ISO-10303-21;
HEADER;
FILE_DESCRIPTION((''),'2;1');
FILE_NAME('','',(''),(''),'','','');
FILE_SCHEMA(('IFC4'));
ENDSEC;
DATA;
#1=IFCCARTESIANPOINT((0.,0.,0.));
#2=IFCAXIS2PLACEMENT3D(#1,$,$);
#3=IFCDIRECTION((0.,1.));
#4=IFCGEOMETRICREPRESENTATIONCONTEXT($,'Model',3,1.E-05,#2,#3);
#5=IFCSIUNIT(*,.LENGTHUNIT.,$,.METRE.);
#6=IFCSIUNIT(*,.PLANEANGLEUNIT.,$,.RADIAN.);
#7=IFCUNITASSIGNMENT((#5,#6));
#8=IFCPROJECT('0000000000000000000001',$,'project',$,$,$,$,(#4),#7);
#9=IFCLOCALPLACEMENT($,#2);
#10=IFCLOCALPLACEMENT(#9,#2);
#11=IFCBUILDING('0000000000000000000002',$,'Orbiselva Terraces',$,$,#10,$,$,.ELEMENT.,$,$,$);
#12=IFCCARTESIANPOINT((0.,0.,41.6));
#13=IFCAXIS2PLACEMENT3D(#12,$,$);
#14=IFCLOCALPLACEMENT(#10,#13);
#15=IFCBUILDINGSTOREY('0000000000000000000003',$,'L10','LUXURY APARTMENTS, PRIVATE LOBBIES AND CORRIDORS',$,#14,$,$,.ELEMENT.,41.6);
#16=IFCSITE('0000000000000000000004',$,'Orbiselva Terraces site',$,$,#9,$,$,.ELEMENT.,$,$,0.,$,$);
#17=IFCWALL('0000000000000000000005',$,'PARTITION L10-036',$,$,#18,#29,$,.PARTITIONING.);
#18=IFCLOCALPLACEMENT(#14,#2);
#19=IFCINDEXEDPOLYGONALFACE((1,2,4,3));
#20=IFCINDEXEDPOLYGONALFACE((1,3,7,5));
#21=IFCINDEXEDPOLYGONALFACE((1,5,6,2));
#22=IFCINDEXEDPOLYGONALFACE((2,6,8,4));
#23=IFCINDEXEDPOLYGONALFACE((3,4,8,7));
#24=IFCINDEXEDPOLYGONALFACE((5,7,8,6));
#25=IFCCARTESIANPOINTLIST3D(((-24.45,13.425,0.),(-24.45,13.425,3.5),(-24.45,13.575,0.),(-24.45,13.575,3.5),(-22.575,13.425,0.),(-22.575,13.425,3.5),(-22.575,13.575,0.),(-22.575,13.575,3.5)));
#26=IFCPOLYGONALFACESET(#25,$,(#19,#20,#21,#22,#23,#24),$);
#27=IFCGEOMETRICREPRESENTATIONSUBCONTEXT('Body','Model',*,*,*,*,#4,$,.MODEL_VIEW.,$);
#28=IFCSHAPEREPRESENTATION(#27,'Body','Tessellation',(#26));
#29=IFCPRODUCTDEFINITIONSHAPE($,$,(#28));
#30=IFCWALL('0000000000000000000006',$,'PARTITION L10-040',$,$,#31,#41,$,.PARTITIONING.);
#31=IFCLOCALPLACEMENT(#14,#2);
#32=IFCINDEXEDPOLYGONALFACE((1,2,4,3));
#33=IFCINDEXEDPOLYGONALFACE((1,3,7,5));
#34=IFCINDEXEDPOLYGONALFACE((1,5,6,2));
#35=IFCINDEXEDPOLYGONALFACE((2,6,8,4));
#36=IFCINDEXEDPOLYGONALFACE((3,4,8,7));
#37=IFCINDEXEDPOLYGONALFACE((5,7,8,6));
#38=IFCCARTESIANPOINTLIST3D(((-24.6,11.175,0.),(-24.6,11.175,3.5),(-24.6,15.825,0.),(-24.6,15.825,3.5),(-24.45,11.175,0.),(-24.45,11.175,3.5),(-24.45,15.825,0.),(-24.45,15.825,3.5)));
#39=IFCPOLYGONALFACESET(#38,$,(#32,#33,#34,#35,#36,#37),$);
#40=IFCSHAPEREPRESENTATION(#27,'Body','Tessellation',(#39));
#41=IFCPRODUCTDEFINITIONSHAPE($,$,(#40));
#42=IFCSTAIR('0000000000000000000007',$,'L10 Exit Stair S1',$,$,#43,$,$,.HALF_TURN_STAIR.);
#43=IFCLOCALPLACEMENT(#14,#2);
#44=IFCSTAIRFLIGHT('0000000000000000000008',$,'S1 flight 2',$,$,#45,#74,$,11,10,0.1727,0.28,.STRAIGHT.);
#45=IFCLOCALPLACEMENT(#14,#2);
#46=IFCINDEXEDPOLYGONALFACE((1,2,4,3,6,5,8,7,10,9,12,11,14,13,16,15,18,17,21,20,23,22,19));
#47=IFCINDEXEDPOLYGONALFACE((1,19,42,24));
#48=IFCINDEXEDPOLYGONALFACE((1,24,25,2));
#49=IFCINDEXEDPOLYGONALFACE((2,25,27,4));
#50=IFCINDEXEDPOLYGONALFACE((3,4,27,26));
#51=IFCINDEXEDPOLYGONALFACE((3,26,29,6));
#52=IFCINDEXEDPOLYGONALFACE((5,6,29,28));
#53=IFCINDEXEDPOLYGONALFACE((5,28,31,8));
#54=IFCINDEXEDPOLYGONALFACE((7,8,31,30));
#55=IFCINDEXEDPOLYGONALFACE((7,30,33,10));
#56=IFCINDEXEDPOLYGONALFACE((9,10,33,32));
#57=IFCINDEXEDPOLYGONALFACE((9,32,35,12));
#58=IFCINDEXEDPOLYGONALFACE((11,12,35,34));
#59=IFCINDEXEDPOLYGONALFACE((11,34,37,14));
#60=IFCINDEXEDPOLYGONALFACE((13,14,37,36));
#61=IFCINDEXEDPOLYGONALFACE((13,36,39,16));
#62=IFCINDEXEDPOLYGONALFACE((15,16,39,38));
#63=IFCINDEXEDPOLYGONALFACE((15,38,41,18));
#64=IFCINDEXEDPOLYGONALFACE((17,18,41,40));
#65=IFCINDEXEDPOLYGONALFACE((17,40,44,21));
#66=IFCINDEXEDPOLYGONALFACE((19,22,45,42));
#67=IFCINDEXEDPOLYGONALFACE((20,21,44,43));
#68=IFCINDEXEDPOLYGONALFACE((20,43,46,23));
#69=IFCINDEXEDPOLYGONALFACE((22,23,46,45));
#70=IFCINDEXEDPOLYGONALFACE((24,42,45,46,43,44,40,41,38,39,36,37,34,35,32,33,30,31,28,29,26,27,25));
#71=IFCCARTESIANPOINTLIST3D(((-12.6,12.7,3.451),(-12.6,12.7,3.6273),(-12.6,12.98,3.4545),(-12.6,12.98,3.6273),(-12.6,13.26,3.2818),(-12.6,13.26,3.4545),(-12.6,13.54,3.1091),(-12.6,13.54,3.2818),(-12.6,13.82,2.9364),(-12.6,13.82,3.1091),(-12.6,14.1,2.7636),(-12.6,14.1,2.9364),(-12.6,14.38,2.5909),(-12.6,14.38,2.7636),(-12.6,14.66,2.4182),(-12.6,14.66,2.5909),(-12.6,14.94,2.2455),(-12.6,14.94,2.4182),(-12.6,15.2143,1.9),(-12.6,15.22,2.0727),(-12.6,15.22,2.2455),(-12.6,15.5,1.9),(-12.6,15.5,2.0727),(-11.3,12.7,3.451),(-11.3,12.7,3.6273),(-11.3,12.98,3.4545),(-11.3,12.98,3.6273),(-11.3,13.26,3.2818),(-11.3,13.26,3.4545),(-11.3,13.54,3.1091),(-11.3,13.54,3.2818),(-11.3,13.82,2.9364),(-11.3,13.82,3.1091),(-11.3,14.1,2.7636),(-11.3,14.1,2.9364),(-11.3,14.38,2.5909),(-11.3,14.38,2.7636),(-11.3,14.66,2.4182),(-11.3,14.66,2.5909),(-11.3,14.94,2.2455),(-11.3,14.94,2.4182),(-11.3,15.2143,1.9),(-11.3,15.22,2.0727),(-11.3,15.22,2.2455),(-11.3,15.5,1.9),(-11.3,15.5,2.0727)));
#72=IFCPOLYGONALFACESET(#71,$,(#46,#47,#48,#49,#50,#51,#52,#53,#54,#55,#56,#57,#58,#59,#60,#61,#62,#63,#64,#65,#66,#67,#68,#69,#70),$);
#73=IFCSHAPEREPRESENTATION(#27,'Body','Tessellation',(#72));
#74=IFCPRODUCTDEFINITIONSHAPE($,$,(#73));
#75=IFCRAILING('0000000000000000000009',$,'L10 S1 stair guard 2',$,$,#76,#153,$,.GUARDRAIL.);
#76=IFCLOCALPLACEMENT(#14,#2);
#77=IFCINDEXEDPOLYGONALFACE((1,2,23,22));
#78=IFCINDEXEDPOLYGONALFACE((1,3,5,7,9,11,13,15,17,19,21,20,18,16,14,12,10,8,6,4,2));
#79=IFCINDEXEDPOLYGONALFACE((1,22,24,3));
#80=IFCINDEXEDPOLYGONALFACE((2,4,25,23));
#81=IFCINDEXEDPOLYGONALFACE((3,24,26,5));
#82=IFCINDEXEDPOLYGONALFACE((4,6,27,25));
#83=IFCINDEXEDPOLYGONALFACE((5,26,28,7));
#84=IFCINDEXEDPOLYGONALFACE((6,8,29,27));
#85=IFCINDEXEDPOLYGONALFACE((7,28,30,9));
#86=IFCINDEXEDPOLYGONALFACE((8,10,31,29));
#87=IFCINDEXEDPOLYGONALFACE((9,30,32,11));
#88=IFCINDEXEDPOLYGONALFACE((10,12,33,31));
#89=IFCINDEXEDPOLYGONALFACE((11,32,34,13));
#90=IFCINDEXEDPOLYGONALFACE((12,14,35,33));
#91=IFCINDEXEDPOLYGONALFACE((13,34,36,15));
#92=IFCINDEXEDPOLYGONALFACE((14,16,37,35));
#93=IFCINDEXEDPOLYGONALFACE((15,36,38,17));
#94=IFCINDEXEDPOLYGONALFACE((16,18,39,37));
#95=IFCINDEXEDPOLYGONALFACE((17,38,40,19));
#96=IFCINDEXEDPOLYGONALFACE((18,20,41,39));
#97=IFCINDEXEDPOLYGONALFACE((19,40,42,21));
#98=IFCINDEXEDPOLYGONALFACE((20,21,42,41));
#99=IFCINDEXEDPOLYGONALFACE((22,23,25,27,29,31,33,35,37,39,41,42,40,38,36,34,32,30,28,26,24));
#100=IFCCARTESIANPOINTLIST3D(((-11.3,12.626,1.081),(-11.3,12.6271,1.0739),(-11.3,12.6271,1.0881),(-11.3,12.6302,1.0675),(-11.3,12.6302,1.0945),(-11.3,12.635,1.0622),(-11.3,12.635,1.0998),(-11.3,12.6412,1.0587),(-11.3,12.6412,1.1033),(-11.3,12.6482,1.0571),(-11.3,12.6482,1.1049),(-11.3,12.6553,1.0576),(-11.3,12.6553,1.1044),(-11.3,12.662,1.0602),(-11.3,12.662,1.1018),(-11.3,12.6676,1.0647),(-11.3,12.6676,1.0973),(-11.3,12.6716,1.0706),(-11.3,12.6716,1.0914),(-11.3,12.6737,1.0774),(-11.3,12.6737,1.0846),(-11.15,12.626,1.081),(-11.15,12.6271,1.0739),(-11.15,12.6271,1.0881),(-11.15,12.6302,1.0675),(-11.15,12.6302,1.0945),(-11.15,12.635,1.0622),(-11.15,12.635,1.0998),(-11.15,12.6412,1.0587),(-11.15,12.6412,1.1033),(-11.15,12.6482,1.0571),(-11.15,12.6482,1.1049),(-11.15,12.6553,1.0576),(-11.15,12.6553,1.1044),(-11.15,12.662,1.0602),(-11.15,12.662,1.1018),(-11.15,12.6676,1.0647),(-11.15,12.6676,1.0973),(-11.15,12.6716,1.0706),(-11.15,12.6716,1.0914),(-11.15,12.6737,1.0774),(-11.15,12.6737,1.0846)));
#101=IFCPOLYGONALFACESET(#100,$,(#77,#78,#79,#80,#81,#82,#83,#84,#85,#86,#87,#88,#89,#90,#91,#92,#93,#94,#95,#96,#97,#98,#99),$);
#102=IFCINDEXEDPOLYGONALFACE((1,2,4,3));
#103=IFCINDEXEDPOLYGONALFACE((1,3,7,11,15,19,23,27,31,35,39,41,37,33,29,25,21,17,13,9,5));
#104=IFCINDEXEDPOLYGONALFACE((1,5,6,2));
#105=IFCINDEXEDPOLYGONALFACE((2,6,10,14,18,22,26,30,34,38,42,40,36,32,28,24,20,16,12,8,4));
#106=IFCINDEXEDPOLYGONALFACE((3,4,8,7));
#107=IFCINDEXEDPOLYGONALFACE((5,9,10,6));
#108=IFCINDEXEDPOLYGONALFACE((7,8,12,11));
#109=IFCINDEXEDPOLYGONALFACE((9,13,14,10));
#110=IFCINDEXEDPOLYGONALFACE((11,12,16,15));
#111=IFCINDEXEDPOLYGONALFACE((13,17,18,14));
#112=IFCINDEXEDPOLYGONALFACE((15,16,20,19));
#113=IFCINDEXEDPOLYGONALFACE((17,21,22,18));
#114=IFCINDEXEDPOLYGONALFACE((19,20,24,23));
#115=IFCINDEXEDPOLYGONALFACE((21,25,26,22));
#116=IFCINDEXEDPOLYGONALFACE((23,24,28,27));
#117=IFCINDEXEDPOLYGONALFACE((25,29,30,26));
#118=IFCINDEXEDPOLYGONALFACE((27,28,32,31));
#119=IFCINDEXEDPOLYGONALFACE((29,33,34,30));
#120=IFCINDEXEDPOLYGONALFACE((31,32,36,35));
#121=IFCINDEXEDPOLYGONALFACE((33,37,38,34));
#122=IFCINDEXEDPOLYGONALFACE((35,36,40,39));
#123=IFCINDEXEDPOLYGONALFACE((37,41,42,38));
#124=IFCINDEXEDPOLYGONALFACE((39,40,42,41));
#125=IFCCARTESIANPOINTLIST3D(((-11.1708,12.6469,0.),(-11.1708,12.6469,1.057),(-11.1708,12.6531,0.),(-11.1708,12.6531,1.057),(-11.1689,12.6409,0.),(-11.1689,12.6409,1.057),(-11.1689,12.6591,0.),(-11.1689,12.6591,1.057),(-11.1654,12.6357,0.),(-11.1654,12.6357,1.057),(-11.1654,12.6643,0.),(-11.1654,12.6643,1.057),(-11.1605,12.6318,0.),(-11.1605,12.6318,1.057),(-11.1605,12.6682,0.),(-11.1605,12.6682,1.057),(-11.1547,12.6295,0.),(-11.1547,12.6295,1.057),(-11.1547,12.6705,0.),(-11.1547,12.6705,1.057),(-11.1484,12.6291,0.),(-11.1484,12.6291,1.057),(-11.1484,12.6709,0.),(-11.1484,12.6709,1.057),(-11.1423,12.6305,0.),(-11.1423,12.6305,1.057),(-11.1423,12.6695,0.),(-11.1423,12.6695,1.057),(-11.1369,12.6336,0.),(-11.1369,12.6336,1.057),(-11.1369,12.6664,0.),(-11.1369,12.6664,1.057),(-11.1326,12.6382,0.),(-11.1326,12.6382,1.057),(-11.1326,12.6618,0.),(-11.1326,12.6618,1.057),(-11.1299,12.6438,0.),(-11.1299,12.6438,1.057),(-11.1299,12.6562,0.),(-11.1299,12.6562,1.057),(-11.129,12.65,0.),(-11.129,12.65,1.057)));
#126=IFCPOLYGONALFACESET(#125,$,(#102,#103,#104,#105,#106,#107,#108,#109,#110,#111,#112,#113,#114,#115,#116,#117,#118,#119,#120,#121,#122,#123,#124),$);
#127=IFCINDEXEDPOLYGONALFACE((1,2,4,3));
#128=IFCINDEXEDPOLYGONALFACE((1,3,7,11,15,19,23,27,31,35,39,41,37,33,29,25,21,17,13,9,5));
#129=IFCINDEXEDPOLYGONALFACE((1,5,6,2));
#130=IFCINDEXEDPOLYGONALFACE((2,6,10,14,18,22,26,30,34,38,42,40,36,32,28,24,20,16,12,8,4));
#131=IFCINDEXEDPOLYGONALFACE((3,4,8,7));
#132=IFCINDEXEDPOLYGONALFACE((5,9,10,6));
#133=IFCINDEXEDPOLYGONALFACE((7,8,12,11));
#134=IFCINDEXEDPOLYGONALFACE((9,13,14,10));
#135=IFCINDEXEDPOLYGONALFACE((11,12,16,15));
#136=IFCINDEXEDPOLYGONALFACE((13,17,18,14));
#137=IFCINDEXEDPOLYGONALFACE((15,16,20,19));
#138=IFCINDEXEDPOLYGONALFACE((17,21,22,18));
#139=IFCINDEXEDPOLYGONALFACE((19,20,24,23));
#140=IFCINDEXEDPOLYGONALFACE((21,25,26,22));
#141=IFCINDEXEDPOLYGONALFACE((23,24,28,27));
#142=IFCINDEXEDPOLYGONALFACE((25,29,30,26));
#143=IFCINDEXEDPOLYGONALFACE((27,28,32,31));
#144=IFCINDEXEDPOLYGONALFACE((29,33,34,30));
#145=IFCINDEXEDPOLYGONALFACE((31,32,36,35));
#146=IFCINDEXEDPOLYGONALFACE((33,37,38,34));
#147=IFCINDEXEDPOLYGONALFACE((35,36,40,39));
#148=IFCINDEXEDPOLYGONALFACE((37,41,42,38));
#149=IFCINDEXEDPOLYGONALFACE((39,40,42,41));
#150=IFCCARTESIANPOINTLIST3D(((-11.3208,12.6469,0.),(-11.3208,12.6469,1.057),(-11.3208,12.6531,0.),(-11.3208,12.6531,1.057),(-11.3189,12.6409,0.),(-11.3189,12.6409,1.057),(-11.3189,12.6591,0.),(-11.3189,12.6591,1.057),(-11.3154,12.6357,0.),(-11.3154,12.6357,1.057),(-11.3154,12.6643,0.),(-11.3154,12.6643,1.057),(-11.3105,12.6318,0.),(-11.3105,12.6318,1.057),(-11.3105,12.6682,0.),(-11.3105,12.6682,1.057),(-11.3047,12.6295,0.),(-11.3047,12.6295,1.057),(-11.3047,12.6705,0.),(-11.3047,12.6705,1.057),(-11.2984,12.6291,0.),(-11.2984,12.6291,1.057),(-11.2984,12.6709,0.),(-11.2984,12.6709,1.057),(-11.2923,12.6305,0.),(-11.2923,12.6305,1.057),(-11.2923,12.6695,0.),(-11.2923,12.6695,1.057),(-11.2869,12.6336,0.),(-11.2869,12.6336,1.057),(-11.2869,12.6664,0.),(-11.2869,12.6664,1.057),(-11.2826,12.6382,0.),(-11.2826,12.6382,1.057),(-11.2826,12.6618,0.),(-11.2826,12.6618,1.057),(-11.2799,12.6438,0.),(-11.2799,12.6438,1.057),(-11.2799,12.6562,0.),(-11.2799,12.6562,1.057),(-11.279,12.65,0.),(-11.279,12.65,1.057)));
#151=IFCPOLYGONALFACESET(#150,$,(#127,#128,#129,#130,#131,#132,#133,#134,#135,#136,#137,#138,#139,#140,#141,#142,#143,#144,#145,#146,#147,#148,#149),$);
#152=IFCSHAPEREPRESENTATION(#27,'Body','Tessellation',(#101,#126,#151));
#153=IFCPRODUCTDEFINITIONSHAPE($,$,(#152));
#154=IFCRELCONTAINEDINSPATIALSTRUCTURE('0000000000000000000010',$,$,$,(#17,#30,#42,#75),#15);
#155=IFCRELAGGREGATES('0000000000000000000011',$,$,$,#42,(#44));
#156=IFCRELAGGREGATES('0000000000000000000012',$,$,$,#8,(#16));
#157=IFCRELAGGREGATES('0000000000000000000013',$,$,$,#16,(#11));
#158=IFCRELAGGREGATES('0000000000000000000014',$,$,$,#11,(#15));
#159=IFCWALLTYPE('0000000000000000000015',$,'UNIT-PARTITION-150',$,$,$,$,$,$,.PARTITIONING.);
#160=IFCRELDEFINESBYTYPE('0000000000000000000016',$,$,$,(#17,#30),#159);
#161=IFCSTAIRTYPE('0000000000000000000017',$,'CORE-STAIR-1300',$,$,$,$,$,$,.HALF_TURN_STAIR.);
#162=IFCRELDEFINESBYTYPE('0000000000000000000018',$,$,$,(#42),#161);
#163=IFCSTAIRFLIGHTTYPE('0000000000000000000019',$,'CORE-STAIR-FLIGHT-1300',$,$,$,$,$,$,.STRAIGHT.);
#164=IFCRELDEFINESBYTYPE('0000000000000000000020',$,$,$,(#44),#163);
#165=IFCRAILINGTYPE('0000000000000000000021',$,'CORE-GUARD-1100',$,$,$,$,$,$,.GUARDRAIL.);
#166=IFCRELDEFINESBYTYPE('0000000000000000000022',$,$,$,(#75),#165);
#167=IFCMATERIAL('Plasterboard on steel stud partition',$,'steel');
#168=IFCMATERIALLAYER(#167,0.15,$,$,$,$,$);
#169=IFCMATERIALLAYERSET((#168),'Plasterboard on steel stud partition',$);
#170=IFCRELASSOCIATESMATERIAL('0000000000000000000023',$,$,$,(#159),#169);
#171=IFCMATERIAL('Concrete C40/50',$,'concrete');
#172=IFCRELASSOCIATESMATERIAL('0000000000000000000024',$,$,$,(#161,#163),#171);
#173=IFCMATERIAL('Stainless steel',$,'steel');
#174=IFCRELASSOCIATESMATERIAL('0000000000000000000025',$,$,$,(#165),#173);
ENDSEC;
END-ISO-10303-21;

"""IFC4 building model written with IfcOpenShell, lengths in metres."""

from ifc_helpers import new_model, si_unit, direction, frame, frame_2d, origin, origin_2d, place, context, subcontext, project, spatial, polyline, rectangle, circle, outline, extrude, material, layer, layer_set, type_object, element, aggregate, save


model = new_model("IFC4")

# Units and contexts
model_context = context("Model", 3, precision=1e-05, world=origin(), true_north=direction((0.0, 1.0)))
body_context = subcontext(model_context, "Body", "Model", "MODEL_VIEW")
ifc_project = project(units=[si_unit("LENGTHUNIT", "METRE"), si_unit("PLANEANGLEUNIT", "RADIAN")], contexts=[model_context])

# Site, building, storey
site_placement = place(None, origin())
site = spatial("IfcSite", under=ifc_project, at=site_placement, Name="Orbiselva Terraces site", CompositionType="ELEMENT", RefElevation=0.0)
building_placement = place(site_placement, origin())
building = spatial("IfcBuilding", under=site, at=building_placement, Name="Orbiselva Terraces", CompositionType="ELEMENT")
storey_placement = place(building_placement, frame((0.0, 0.0, 41.6)))
storey = spatial("IfcBuildingStorey", under=building, at=storey_placement, Name="L10", Description="LUXURY APARTMENTS, PRIVATE LOBBIES AND CORRIDORS", CompositionType="ELEMENT", Elevation=41.6)

# Shared definitions
ifc_material_1 = material(Name="Plasterboard on steel stud partition", Category="steel")

# Shared definitions
ifc_layer_1 = layer(ifc_material_1, 0.15)
ifc_layer_set_1 = layer_set([ifc_layer_1], Name="Plasterboard on steel stud partition")
wall_type_1 = type_object("IfcWallType", Name="UNIT-PARTITION-150", PredefinedType="PARTITIONING", material=ifc_layer_set_1)

# Walls
wall_1_placement = place(storey_placement, frame((-24.45, 13.5, 0.0), z_axis=(0.0, 0.0, 1.0), x_axis=(1.0, 0.0, 0.0)))
element("IfcWall", 1, at=wall_1_placement, inside=storey, type_object=wall_type_1, Name="PARTITION L10-036", PredefinedType="PARTITIONING", context=body_context, shape_type="SweptSolid", body=[
    extrude(rectangle(XDim=1.875, YDim=0.15, at=frame_2d((0.9375, 0.0))), origin(), (0.0, 0.0, 1.0), 3.5),
])
wall_2_placement = place(storey_placement, frame((-24.525, 11.175, 0.0), z_axis=(0.0, 0.0, 1.0), x_axis=(0.0, 1.0, 0.0)))
element("IfcWall", 2, at=wall_2_placement, inside=storey, type_object=wall_type_1, Name="PARTITION L10-040", PredefinedType="PARTITIONING", context=body_context, shape_type="SweptSolid", body=[
    extrude(rectangle(XDim=4.65, YDim=0.15, at=frame_2d((2.325, 0.0))), origin(), (0.0, 0.0, 1.0), 3.5),
])

# Stair, stair flight
ifc_material_2 = material(Name="Concrete C40/50", Category="concrete")
stair_type = type_object("IfcStairType", Name="CORE-STAIR-1300", PredefinedType="HALF_TURN_STAIR", material=ifc_material_2)
stair_placement = place(storey_placement, origin())
stair = element("IfcStair", 3, at=stair_placement, inside=storey, type_object=stair_type, Name="L10 Exit Stair S1", PredefinedType="HALF_TURN_STAIR")
stair_flight_type = type_object("IfcStairFlightType", Name="CORE-STAIR-FLIGHT-1300", PredefinedType="STRAIGHT", material=ifc_material_2)
stair_flight_placement = place(storey_placement, frame((-11.95, 15.5, 1.9), z_axis=(0.0, 0.0, 1.0), x_axis=(0.0, -1.0, 0.0)))
stair_flight = element("IfcStairFlight", 4, at=stair_flight_placement, type_object=stair_flight_type, Name="S1 flight 2", NumberOfRisers=11, NumberOfTreads=10, PredefinedType="STRAIGHT", RiserHeight=0.1727, TreadLength=0.28, context=body_context, shape_type="SweptSolid", body=[
    extrude(outline(polyline([(0.0, 0.0), (0.0, 0.1727), (0.28, 0.1727), (0.28, 0.3455), (0.56, 0.3455), (0.56, 0.5182), (0.84, 0.5182), (0.84, 0.6909), (1.12, 0.6909), (1.12, 0.8636), (1.4, 0.8636), (1.4, 1.0364), (1.68, 1.0364), (1.68, 1.2091), (1.96, 1.2091), (1.96, 1.3818), (2.24, 1.3818), (2.24, 1.5545), (2.52, 1.5545), (2.52, 1.7273), (2.8, 1.7273), (2.8, 1.9), (2.8, 1.551), (0.2857, 0.0), (0.0, 0.0)])), frame((0.0, 0.65, 0.0), z_axis=(0.0, -1.0, 0.0), x_axis=(1.0, 0.0, 0.0)), (0.0, 0.0, 1.0), 1.3),
])
aggregate(stair, [stair_flight])

# Railing
ifc_material_3 = material(Name="Stainless steel", Category="steel")
railing_type_1 = type_object("IfcRailingType", Name="CORE-GUARD-1100", PredefinedType="GUARDRAIL", material=ifc_material_3)
railing_1_placement = place(storey_placement, frame((-11.15, 12.65, 0.0)))
element("IfcRailing", 5, at=railing_1_placement, inside=storey, type_object=railing_type_1, Name="L10 S1 stair guard 2", PredefinedType="GUARDRAIL", context=body_context, shape_type="SweptSolid", body=[
    extrude(circle(Radius=0.024, at=origin_2d()), frame((0.0, 0.0, 1.081), z_axis=(-1.0, 0.0, 0.0), x_axis=(0.0, -1.0, 0.0)), (0.0, 0.0, 1.0), 0.15),
    extrude(circle(Radius=0.021, at=origin_2d()), origin(), (0.0, 0.0, 1.0), 1.057),
    extrude(circle(Radius=0.021, at=origin_2d()), frame((-0.15, 0.0, 0.0)), (0.0, 0.0, 1.0), 1.057),
])

save(model, "model.ifc")
